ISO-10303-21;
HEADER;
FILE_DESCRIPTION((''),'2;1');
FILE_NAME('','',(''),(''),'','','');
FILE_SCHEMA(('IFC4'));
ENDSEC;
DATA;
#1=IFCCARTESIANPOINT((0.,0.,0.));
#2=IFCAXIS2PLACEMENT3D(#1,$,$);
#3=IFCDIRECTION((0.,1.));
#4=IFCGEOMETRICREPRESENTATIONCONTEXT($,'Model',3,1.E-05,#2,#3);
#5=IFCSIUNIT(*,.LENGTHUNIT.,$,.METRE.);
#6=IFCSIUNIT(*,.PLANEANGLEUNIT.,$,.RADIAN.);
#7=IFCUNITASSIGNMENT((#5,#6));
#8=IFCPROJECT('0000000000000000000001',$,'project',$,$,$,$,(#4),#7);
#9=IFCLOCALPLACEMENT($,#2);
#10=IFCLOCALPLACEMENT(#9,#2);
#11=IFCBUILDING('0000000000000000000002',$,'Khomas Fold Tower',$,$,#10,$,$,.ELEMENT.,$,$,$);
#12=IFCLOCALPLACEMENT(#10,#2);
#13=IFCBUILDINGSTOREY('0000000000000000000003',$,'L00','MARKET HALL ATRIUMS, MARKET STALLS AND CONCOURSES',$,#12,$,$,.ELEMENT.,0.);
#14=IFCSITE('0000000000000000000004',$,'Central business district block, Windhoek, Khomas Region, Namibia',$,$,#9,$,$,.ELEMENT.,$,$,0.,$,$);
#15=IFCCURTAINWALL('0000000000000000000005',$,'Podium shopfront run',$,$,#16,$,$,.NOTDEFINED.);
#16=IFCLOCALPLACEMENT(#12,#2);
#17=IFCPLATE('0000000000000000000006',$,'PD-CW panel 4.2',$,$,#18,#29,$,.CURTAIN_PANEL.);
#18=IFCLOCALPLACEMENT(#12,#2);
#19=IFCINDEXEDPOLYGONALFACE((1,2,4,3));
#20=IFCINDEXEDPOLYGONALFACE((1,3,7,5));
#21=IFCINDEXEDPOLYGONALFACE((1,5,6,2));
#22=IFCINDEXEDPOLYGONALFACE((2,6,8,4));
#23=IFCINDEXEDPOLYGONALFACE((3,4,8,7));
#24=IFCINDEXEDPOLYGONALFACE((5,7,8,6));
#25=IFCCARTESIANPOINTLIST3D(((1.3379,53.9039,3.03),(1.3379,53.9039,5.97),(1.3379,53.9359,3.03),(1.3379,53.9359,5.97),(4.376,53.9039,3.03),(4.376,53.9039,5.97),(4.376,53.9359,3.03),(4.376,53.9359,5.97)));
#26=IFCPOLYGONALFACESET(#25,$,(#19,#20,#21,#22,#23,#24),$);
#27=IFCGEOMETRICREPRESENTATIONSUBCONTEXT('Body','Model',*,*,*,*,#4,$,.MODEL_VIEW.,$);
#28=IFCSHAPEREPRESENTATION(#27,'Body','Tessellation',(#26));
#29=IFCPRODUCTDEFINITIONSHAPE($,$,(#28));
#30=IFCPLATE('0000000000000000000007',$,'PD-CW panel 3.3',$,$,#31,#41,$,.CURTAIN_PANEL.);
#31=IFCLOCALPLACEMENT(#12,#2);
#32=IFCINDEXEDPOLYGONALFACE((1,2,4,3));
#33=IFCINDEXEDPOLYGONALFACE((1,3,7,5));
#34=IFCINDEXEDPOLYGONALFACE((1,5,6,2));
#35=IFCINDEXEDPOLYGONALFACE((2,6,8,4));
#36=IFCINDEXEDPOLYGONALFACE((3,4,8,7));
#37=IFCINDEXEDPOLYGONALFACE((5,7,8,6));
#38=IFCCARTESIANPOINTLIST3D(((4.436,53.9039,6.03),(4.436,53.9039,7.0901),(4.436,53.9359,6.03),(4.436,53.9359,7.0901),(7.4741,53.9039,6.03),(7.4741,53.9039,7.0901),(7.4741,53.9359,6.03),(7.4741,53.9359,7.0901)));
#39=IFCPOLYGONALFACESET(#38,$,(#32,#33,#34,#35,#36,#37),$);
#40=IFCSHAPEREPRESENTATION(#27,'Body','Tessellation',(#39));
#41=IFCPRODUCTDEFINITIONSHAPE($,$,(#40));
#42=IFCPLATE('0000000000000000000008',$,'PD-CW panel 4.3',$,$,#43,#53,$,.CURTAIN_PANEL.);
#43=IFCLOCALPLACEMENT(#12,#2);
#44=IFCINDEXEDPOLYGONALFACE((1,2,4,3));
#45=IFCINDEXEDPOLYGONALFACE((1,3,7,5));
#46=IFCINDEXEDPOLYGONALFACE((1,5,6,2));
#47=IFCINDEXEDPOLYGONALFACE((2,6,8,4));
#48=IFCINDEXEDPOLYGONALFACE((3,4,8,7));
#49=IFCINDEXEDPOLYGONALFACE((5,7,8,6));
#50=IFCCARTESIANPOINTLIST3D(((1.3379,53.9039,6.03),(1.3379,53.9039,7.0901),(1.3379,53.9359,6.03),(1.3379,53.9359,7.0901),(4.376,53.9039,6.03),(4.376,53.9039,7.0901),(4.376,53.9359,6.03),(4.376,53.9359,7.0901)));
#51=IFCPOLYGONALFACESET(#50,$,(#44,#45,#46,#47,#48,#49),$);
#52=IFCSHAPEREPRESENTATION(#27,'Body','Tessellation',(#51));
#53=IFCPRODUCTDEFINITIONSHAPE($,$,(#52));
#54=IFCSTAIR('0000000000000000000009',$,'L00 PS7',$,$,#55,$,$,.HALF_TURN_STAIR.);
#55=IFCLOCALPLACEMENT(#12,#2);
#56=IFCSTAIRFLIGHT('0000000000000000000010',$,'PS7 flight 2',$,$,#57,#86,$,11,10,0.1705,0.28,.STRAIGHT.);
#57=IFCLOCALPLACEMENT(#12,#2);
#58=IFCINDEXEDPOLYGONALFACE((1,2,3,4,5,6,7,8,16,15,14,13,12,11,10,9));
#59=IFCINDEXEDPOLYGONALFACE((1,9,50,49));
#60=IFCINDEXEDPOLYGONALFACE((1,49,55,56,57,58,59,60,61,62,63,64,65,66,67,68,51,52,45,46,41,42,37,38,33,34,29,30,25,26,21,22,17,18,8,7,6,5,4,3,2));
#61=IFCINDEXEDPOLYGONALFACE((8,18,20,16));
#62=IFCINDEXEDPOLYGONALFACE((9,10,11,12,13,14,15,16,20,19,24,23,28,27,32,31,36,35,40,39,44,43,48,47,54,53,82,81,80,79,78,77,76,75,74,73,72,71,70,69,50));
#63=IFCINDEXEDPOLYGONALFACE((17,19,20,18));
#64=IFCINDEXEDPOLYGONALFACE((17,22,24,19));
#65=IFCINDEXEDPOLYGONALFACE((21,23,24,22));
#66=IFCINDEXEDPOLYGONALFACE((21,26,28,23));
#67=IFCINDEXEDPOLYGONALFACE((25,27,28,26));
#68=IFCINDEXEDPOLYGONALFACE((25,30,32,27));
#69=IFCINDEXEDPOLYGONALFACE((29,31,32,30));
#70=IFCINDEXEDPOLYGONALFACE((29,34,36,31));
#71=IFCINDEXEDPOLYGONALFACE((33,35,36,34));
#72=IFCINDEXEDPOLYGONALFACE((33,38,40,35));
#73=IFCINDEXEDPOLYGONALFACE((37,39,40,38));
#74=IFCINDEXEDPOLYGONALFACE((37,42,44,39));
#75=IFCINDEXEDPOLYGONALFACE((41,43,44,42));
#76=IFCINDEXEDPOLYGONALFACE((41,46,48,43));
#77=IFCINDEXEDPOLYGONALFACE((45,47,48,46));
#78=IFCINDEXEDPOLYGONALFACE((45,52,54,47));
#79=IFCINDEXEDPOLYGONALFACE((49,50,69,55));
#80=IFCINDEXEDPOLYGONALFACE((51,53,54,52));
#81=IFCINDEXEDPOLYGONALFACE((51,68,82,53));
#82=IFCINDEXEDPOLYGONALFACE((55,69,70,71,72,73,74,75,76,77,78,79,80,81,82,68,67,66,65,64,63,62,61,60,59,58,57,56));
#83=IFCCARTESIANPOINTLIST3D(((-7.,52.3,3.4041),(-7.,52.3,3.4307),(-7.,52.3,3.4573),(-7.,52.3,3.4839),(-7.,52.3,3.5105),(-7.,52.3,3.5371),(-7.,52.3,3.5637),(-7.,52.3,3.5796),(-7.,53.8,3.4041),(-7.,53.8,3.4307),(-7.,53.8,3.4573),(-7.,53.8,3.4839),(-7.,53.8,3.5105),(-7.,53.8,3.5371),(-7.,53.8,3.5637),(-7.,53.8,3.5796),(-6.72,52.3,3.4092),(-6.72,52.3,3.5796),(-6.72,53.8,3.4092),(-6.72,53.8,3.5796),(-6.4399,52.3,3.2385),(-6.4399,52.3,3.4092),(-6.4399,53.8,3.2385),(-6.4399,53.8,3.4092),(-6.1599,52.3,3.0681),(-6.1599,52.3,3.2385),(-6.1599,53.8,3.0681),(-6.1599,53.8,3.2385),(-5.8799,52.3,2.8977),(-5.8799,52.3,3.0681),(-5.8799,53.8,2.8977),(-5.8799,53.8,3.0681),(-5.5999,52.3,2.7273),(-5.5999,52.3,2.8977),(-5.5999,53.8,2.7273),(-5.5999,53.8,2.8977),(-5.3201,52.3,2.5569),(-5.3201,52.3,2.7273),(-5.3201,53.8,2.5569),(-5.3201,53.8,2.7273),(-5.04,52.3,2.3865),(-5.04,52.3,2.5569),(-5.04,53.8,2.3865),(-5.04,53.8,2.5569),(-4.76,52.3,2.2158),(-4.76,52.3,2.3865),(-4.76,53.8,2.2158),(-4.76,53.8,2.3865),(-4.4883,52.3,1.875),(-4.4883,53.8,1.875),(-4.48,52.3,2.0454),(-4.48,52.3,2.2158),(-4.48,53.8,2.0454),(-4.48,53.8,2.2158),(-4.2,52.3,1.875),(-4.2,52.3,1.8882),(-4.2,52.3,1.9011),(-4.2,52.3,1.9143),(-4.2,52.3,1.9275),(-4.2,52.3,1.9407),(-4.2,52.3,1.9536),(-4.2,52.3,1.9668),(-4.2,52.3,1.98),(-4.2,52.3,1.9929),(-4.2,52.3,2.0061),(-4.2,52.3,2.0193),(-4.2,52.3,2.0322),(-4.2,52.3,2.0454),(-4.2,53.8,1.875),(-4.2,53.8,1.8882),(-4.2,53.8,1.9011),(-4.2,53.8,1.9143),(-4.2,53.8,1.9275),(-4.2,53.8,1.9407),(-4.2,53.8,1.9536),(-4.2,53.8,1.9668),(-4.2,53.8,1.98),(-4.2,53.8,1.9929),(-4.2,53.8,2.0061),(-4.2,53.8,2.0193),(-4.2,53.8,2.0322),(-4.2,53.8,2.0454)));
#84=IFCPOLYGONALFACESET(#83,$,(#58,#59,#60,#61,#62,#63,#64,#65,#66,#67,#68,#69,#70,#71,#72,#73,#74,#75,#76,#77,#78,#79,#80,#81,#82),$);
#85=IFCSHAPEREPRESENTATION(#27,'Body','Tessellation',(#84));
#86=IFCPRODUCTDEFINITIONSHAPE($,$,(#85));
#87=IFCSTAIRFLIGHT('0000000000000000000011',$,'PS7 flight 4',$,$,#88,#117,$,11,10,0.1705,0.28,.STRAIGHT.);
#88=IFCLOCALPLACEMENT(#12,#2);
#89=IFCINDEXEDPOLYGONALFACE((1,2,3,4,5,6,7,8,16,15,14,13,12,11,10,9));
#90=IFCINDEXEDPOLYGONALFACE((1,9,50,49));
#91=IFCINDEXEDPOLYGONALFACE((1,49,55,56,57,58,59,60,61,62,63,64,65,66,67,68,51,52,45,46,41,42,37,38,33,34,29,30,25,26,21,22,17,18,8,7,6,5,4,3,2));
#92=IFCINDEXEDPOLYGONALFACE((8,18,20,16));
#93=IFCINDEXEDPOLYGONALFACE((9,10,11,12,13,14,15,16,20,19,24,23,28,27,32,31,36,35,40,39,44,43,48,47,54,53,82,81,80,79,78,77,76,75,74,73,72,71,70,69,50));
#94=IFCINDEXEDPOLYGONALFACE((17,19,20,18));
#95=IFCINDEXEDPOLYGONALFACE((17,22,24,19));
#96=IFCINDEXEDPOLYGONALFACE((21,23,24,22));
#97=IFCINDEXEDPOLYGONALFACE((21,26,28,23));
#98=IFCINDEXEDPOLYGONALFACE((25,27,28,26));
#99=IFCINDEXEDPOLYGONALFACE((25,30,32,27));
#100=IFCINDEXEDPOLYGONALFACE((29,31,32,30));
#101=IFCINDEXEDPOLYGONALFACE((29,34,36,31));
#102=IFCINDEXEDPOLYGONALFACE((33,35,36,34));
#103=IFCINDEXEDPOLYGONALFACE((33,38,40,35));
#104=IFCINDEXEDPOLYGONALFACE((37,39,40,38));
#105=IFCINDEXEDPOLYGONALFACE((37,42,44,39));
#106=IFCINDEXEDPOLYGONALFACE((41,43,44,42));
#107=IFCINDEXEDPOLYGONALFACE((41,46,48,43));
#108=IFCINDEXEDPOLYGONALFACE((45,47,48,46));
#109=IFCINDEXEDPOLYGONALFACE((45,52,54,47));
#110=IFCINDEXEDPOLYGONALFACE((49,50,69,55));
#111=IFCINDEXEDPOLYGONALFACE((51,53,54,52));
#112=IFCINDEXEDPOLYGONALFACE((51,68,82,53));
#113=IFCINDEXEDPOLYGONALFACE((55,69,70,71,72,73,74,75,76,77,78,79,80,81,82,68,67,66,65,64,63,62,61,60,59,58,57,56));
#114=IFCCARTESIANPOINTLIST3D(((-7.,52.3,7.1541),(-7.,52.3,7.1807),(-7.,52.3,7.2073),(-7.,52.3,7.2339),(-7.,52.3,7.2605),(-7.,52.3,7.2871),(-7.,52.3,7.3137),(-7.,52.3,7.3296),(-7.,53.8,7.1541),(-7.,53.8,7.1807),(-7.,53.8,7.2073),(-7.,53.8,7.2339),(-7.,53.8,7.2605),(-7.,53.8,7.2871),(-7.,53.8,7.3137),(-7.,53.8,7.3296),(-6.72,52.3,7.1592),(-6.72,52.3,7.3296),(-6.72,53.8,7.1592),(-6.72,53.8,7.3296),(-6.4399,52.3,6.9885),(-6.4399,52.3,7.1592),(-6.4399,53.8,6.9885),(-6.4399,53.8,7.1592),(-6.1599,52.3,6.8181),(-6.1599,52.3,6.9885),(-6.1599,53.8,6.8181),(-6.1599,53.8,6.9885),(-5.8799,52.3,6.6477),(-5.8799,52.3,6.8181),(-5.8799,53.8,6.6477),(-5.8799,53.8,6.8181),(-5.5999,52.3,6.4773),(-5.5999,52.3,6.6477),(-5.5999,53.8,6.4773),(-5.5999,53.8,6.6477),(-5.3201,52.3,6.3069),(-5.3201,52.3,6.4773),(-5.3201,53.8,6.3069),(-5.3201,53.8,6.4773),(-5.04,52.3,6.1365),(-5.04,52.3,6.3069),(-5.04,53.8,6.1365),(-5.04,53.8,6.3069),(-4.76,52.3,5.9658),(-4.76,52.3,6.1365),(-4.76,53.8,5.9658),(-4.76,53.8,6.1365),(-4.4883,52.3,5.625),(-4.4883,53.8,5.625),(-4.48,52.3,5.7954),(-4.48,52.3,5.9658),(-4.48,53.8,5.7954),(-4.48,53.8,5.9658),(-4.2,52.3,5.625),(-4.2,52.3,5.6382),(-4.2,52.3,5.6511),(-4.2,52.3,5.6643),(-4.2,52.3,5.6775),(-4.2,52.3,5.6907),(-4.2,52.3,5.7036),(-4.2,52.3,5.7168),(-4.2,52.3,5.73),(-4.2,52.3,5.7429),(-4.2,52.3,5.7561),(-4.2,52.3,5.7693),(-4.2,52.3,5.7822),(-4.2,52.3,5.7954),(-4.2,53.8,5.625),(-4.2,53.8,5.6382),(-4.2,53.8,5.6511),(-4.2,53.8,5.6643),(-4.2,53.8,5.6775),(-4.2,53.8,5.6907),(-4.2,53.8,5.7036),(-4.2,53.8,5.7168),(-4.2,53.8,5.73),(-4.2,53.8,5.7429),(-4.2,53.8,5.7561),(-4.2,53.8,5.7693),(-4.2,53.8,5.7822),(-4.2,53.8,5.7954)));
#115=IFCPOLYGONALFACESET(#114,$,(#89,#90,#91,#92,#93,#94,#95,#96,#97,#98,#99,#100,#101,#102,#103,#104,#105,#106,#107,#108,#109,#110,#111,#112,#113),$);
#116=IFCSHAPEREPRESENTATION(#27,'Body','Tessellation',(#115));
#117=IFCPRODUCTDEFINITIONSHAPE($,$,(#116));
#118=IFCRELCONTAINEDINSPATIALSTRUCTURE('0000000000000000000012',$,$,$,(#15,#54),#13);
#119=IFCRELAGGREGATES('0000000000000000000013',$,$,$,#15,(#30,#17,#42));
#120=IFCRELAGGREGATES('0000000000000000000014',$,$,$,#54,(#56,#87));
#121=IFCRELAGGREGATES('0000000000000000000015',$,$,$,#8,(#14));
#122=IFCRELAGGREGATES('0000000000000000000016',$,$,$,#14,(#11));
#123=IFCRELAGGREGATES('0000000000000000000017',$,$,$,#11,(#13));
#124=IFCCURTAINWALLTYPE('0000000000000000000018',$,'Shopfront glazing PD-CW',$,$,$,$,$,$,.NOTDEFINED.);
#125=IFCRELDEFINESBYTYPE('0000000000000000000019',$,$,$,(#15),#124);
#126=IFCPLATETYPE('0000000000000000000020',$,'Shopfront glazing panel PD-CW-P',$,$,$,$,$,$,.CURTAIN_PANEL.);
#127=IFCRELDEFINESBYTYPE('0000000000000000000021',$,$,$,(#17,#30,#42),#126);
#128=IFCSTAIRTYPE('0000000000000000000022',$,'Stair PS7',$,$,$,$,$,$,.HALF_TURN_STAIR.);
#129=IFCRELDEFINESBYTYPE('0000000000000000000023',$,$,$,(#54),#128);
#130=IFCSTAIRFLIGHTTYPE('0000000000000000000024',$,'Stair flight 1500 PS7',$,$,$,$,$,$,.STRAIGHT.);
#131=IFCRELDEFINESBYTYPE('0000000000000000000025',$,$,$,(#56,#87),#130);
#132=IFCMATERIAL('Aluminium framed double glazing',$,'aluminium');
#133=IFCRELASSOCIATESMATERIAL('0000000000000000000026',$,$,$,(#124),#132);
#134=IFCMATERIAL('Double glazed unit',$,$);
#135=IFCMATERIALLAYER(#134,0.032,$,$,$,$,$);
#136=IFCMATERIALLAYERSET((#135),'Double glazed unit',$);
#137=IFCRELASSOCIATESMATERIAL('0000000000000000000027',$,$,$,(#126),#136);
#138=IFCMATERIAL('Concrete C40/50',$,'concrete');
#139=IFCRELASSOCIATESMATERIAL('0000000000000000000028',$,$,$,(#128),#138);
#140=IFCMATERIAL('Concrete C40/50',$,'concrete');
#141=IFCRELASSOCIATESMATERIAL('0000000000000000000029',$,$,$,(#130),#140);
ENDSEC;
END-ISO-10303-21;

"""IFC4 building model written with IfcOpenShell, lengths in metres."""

from ifc_helpers import new_model, si_unit, direction, frame, origin, origin_2d, place, context, subcontext, project, spatial, polyline, rectangle, outline, extrude, source, transform, mapped, material, layer, layer_set, type_object, element, aggregate, save


model = new_model("IFC4")

# Units and contexts
model_context = context("Model", 3, precision=1e-05, world=origin(), true_north=direction((0.0, 1.0)))
body_context = subcontext(model_context, "Body", "Model", "MODEL_VIEW")
ifc_project = project(units=[si_unit("LENGTHUNIT", "METRE"), si_unit("PLANEANGLEUNIT", "RADIAN")], contexts=[model_context])

# Site, building, storey
site_placement = place(None, origin())
site = spatial("IfcSite", under=ifc_project, at=site_placement, Name="Central business district block, Windhoek, Khomas Region, Namibia", CompositionType="ELEMENT", RefElevation=0.0)
building_placement = place(site_placement, origin())
building = spatial("IfcBuilding", under=site, at=building_placement, Name="Khomas Fold Tower", CompositionType="ELEMENT")
storey_placement = place(building_placement, origin())
storey = spatial("IfcBuildingStorey", under=building, at=storey_placement, Name="L00", Description="MARKET HALL ATRIUMS, MARKET STALLS AND CONCOURSES", CompositionType="ELEMENT", Elevation=0.0)

# Curtain wall, plates
ifc_material_1 = material(Name="Aluminium framed double glazing", Category="aluminium")
curtain_wall_type = type_object("IfcCurtainWallType", Name="Shopfront glazing PD-CW", PredefinedType="NOTDEFINED", material=ifc_material_1)
curtain_wall_placement = place(storey_placement, origin())
curtain_wall = element("IfcCurtainWall", 1, at=curtain_wall_placement, inside=storey, type_object=curtain_wall_type, Name="Podium shopfront run", PredefinedType="NOTDEFINED")
ifc_material_2 = material(Name="Double glazed unit")
ifc_layer = layer(ifc_material_2, 0.032)
ifc_layer_set = layer_set([ifc_layer], Name="Double glazed unit")
plate_type = type_object("IfcPlateType", Name="Shopfront glazing panel PD-CW-P", PredefinedType="CURTAIN_PANEL", material=ifc_layer_set)
shared_shape_1 = source(origin(), body_context, "Body", "SweptSolid", [
    extrude(rectangle(XDim=3.0381, YDim=0.032, at=origin_2d()), origin(), (0.0, 0.0, 1.0), 2.9399),
])
plate_1_placement = place(storey_placement, frame((2.8569, 53.9199, 3.03), z_axis=(0.0, 0.0, 1.0), x_axis=(-1.0, 0.0, 0.0)))
plate_1 = element("IfcPlate", 2, at=plate_1_placement, type_object=plate_type, Name="PD-CW panel 4.2", PredefinedType="CURTAIN_PANEL", context=body_context, shape_type="MappedRepresentation", body=[
    mapped(shared_shape_1, transform((0.0, 0.0, 0.0))),
])
shared_shape_2 = source(origin(), body_context, "Body", "SweptSolid", [
    extrude(rectangle(XDim=3.0381, YDim=0.032, at=origin_2d()), origin(), (0.0, 0.0, 1.0), 1.0601),
])
plate_2_placement = place(storey_placement, frame((5.9551, 53.9199, 6.03), z_axis=(0.0, 0.0, 1.0), x_axis=(-1.0, 0.0, 0.0)))
plate_2 = element("IfcPlate", 3, at=plate_2_placement, type_object=plate_type, Name="PD-CW panel 3.3", PredefinedType="CURTAIN_PANEL", context=body_context, shape_type="MappedRepresentation", body=[
    mapped(shared_shape_2, transform((0.0, 0.0, 0.0))),
])
plate_3_placement = place(storey_placement, frame((2.8569, 53.9199, 6.03), z_axis=(0.0, 0.0, 1.0), x_axis=(-1.0, 0.0, 0.0)))
plate_3 = element("IfcPlate", 4, at=plate_3_placement, type_object=plate_type, Name="PD-CW panel 4.3", PredefinedType="CURTAIN_PANEL", context=body_context, shape_type="MappedRepresentation", body=[
    mapped(shared_shape_2, transform((0.0, 0.0, 0.0))),
])
aggregate(curtain_wall, [plate_2, plate_1, plate_3])

# Stair, stair flights
ifc_material_3 = material(Name="Concrete C40/50", Category="concrete")
stair_type = type_object("IfcStairType", Name="Stair PS7", PredefinedType="HALF_TURN_STAIR", material=ifc_material_3)
stair_placement = place(storey_placement, origin())
stair = element("IfcStair", 5, at=stair_placement, inside=storey, type_object=stair_type, Name="L00 PS7", PredefinedType="HALF_TURN_STAIR")
ifc_material_4 = material(Name="Concrete C40/50", Category="concrete")
stair_flight_type = type_object("IfcStairFlightType", Name="Stair flight 1500 PS7", PredefinedType="STRAIGHT", material=ifc_material_4)
shared_shape_3 = source(origin(), body_context, "Body", "SweptSolid", [
    extrude(outline(polyline([(0.0, 0.0), (0.0, 0.0132), (0.0, 0.0261), (0.0, 0.0393), (0.0, 0.0525), (0.0, 0.0657), (0.0, 0.0786), (0.0, 0.0918), (0.0, 0.105), (0.0, 0.1179), (0.0, 0.1311), (0.0, 0.1443), (0.0, 0.1572), (0.0, 0.1704), (0.28, 0.1704), (0.28, 0.3408), (0.5601, 0.3408), (0.5601, 0.5115), (0.8401, 0.5115), (0.8401, 0.6819), (1.1201, 0.6819), (1.1201, 0.8523), (1.3999, 0.8523), (1.3999, 1.0227), (1.6799, 1.0227), (1.6799, 1.1931), (1.96, 1.1931), (1.96, 1.3635), (2.24, 1.3635), (2.24, 1.5342), (2.52, 1.5342), (2.52, 1.7046), (2.8, 1.7046), (2.8, 1.875), (2.8, 1.8484), (2.8, 1.8218), (2.8, 1.7952), (2.8, 1.7686), (2.8, 1.7419), (2.8, 1.7153), (2.8, 1.6887), (2.8, 1.6621), (2.8, 1.6355), (2.8, 1.6089), (2.8, 1.5823), (2.8, 1.5557), (2.8, 1.5291), (0.2883, 0.0), (0.0, 0.0)])), frame((0.0, 0.75, 0.0), z_axis=(0.0, -1.0, 0.0), x_axis=(1.0, 0.0, 0.0)), (0.0, 0.0, 1.0), 1.5),
])
stair_flight_1_placement = place(storey_placement, frame((-4.2, 53.05, 1.875), z_axis=(0.0, 0.0, 1.0), x_axis=(-1.0, 0.0, 0.0)))
stair_flight_1 = element("IfcStairFlight", 6, at=stair_flight_1_placement, type_object=stair_flight_type, Name="PS7 flight 2", NumberOfRisers=11, NumberOfTreads=10, PredefinedType="STRAIGHT", RiserHeight=0.1705, TreadLength=0.28, context=body_context, shape_type="MappedRepresentation", body=[
    mapped(shared_shape_3, transform((0.0, 0.0, 0.0))),
])
stair_flight_2_placement = place(storey_placement, frame((-4.2, 53.05, 5.625), z_axis=(0.0, 0.0, 1.0), x_axis=(-1.0, 0.0, 0.0)))
stair_flight_2 = element("IfcStairFlight", 7, at=stair_flight_2_placement, type_object=stair_flight_type, Name="PS7 flight 4", NumberOfRisers=11, NumberOfTreads=10, PredefinedType="STRAIGHT", RiserHeight=0.1705, TreadLength=0.28, context=body_context, shape_type="MappedRepresentation", body=[
    mapped(shared_shape_3, transform((0.0, 0.0, 0.0))),
])
aggregate(stair, [stair_flight_1, stair_flight_2])

save(model, "model.ifc")
